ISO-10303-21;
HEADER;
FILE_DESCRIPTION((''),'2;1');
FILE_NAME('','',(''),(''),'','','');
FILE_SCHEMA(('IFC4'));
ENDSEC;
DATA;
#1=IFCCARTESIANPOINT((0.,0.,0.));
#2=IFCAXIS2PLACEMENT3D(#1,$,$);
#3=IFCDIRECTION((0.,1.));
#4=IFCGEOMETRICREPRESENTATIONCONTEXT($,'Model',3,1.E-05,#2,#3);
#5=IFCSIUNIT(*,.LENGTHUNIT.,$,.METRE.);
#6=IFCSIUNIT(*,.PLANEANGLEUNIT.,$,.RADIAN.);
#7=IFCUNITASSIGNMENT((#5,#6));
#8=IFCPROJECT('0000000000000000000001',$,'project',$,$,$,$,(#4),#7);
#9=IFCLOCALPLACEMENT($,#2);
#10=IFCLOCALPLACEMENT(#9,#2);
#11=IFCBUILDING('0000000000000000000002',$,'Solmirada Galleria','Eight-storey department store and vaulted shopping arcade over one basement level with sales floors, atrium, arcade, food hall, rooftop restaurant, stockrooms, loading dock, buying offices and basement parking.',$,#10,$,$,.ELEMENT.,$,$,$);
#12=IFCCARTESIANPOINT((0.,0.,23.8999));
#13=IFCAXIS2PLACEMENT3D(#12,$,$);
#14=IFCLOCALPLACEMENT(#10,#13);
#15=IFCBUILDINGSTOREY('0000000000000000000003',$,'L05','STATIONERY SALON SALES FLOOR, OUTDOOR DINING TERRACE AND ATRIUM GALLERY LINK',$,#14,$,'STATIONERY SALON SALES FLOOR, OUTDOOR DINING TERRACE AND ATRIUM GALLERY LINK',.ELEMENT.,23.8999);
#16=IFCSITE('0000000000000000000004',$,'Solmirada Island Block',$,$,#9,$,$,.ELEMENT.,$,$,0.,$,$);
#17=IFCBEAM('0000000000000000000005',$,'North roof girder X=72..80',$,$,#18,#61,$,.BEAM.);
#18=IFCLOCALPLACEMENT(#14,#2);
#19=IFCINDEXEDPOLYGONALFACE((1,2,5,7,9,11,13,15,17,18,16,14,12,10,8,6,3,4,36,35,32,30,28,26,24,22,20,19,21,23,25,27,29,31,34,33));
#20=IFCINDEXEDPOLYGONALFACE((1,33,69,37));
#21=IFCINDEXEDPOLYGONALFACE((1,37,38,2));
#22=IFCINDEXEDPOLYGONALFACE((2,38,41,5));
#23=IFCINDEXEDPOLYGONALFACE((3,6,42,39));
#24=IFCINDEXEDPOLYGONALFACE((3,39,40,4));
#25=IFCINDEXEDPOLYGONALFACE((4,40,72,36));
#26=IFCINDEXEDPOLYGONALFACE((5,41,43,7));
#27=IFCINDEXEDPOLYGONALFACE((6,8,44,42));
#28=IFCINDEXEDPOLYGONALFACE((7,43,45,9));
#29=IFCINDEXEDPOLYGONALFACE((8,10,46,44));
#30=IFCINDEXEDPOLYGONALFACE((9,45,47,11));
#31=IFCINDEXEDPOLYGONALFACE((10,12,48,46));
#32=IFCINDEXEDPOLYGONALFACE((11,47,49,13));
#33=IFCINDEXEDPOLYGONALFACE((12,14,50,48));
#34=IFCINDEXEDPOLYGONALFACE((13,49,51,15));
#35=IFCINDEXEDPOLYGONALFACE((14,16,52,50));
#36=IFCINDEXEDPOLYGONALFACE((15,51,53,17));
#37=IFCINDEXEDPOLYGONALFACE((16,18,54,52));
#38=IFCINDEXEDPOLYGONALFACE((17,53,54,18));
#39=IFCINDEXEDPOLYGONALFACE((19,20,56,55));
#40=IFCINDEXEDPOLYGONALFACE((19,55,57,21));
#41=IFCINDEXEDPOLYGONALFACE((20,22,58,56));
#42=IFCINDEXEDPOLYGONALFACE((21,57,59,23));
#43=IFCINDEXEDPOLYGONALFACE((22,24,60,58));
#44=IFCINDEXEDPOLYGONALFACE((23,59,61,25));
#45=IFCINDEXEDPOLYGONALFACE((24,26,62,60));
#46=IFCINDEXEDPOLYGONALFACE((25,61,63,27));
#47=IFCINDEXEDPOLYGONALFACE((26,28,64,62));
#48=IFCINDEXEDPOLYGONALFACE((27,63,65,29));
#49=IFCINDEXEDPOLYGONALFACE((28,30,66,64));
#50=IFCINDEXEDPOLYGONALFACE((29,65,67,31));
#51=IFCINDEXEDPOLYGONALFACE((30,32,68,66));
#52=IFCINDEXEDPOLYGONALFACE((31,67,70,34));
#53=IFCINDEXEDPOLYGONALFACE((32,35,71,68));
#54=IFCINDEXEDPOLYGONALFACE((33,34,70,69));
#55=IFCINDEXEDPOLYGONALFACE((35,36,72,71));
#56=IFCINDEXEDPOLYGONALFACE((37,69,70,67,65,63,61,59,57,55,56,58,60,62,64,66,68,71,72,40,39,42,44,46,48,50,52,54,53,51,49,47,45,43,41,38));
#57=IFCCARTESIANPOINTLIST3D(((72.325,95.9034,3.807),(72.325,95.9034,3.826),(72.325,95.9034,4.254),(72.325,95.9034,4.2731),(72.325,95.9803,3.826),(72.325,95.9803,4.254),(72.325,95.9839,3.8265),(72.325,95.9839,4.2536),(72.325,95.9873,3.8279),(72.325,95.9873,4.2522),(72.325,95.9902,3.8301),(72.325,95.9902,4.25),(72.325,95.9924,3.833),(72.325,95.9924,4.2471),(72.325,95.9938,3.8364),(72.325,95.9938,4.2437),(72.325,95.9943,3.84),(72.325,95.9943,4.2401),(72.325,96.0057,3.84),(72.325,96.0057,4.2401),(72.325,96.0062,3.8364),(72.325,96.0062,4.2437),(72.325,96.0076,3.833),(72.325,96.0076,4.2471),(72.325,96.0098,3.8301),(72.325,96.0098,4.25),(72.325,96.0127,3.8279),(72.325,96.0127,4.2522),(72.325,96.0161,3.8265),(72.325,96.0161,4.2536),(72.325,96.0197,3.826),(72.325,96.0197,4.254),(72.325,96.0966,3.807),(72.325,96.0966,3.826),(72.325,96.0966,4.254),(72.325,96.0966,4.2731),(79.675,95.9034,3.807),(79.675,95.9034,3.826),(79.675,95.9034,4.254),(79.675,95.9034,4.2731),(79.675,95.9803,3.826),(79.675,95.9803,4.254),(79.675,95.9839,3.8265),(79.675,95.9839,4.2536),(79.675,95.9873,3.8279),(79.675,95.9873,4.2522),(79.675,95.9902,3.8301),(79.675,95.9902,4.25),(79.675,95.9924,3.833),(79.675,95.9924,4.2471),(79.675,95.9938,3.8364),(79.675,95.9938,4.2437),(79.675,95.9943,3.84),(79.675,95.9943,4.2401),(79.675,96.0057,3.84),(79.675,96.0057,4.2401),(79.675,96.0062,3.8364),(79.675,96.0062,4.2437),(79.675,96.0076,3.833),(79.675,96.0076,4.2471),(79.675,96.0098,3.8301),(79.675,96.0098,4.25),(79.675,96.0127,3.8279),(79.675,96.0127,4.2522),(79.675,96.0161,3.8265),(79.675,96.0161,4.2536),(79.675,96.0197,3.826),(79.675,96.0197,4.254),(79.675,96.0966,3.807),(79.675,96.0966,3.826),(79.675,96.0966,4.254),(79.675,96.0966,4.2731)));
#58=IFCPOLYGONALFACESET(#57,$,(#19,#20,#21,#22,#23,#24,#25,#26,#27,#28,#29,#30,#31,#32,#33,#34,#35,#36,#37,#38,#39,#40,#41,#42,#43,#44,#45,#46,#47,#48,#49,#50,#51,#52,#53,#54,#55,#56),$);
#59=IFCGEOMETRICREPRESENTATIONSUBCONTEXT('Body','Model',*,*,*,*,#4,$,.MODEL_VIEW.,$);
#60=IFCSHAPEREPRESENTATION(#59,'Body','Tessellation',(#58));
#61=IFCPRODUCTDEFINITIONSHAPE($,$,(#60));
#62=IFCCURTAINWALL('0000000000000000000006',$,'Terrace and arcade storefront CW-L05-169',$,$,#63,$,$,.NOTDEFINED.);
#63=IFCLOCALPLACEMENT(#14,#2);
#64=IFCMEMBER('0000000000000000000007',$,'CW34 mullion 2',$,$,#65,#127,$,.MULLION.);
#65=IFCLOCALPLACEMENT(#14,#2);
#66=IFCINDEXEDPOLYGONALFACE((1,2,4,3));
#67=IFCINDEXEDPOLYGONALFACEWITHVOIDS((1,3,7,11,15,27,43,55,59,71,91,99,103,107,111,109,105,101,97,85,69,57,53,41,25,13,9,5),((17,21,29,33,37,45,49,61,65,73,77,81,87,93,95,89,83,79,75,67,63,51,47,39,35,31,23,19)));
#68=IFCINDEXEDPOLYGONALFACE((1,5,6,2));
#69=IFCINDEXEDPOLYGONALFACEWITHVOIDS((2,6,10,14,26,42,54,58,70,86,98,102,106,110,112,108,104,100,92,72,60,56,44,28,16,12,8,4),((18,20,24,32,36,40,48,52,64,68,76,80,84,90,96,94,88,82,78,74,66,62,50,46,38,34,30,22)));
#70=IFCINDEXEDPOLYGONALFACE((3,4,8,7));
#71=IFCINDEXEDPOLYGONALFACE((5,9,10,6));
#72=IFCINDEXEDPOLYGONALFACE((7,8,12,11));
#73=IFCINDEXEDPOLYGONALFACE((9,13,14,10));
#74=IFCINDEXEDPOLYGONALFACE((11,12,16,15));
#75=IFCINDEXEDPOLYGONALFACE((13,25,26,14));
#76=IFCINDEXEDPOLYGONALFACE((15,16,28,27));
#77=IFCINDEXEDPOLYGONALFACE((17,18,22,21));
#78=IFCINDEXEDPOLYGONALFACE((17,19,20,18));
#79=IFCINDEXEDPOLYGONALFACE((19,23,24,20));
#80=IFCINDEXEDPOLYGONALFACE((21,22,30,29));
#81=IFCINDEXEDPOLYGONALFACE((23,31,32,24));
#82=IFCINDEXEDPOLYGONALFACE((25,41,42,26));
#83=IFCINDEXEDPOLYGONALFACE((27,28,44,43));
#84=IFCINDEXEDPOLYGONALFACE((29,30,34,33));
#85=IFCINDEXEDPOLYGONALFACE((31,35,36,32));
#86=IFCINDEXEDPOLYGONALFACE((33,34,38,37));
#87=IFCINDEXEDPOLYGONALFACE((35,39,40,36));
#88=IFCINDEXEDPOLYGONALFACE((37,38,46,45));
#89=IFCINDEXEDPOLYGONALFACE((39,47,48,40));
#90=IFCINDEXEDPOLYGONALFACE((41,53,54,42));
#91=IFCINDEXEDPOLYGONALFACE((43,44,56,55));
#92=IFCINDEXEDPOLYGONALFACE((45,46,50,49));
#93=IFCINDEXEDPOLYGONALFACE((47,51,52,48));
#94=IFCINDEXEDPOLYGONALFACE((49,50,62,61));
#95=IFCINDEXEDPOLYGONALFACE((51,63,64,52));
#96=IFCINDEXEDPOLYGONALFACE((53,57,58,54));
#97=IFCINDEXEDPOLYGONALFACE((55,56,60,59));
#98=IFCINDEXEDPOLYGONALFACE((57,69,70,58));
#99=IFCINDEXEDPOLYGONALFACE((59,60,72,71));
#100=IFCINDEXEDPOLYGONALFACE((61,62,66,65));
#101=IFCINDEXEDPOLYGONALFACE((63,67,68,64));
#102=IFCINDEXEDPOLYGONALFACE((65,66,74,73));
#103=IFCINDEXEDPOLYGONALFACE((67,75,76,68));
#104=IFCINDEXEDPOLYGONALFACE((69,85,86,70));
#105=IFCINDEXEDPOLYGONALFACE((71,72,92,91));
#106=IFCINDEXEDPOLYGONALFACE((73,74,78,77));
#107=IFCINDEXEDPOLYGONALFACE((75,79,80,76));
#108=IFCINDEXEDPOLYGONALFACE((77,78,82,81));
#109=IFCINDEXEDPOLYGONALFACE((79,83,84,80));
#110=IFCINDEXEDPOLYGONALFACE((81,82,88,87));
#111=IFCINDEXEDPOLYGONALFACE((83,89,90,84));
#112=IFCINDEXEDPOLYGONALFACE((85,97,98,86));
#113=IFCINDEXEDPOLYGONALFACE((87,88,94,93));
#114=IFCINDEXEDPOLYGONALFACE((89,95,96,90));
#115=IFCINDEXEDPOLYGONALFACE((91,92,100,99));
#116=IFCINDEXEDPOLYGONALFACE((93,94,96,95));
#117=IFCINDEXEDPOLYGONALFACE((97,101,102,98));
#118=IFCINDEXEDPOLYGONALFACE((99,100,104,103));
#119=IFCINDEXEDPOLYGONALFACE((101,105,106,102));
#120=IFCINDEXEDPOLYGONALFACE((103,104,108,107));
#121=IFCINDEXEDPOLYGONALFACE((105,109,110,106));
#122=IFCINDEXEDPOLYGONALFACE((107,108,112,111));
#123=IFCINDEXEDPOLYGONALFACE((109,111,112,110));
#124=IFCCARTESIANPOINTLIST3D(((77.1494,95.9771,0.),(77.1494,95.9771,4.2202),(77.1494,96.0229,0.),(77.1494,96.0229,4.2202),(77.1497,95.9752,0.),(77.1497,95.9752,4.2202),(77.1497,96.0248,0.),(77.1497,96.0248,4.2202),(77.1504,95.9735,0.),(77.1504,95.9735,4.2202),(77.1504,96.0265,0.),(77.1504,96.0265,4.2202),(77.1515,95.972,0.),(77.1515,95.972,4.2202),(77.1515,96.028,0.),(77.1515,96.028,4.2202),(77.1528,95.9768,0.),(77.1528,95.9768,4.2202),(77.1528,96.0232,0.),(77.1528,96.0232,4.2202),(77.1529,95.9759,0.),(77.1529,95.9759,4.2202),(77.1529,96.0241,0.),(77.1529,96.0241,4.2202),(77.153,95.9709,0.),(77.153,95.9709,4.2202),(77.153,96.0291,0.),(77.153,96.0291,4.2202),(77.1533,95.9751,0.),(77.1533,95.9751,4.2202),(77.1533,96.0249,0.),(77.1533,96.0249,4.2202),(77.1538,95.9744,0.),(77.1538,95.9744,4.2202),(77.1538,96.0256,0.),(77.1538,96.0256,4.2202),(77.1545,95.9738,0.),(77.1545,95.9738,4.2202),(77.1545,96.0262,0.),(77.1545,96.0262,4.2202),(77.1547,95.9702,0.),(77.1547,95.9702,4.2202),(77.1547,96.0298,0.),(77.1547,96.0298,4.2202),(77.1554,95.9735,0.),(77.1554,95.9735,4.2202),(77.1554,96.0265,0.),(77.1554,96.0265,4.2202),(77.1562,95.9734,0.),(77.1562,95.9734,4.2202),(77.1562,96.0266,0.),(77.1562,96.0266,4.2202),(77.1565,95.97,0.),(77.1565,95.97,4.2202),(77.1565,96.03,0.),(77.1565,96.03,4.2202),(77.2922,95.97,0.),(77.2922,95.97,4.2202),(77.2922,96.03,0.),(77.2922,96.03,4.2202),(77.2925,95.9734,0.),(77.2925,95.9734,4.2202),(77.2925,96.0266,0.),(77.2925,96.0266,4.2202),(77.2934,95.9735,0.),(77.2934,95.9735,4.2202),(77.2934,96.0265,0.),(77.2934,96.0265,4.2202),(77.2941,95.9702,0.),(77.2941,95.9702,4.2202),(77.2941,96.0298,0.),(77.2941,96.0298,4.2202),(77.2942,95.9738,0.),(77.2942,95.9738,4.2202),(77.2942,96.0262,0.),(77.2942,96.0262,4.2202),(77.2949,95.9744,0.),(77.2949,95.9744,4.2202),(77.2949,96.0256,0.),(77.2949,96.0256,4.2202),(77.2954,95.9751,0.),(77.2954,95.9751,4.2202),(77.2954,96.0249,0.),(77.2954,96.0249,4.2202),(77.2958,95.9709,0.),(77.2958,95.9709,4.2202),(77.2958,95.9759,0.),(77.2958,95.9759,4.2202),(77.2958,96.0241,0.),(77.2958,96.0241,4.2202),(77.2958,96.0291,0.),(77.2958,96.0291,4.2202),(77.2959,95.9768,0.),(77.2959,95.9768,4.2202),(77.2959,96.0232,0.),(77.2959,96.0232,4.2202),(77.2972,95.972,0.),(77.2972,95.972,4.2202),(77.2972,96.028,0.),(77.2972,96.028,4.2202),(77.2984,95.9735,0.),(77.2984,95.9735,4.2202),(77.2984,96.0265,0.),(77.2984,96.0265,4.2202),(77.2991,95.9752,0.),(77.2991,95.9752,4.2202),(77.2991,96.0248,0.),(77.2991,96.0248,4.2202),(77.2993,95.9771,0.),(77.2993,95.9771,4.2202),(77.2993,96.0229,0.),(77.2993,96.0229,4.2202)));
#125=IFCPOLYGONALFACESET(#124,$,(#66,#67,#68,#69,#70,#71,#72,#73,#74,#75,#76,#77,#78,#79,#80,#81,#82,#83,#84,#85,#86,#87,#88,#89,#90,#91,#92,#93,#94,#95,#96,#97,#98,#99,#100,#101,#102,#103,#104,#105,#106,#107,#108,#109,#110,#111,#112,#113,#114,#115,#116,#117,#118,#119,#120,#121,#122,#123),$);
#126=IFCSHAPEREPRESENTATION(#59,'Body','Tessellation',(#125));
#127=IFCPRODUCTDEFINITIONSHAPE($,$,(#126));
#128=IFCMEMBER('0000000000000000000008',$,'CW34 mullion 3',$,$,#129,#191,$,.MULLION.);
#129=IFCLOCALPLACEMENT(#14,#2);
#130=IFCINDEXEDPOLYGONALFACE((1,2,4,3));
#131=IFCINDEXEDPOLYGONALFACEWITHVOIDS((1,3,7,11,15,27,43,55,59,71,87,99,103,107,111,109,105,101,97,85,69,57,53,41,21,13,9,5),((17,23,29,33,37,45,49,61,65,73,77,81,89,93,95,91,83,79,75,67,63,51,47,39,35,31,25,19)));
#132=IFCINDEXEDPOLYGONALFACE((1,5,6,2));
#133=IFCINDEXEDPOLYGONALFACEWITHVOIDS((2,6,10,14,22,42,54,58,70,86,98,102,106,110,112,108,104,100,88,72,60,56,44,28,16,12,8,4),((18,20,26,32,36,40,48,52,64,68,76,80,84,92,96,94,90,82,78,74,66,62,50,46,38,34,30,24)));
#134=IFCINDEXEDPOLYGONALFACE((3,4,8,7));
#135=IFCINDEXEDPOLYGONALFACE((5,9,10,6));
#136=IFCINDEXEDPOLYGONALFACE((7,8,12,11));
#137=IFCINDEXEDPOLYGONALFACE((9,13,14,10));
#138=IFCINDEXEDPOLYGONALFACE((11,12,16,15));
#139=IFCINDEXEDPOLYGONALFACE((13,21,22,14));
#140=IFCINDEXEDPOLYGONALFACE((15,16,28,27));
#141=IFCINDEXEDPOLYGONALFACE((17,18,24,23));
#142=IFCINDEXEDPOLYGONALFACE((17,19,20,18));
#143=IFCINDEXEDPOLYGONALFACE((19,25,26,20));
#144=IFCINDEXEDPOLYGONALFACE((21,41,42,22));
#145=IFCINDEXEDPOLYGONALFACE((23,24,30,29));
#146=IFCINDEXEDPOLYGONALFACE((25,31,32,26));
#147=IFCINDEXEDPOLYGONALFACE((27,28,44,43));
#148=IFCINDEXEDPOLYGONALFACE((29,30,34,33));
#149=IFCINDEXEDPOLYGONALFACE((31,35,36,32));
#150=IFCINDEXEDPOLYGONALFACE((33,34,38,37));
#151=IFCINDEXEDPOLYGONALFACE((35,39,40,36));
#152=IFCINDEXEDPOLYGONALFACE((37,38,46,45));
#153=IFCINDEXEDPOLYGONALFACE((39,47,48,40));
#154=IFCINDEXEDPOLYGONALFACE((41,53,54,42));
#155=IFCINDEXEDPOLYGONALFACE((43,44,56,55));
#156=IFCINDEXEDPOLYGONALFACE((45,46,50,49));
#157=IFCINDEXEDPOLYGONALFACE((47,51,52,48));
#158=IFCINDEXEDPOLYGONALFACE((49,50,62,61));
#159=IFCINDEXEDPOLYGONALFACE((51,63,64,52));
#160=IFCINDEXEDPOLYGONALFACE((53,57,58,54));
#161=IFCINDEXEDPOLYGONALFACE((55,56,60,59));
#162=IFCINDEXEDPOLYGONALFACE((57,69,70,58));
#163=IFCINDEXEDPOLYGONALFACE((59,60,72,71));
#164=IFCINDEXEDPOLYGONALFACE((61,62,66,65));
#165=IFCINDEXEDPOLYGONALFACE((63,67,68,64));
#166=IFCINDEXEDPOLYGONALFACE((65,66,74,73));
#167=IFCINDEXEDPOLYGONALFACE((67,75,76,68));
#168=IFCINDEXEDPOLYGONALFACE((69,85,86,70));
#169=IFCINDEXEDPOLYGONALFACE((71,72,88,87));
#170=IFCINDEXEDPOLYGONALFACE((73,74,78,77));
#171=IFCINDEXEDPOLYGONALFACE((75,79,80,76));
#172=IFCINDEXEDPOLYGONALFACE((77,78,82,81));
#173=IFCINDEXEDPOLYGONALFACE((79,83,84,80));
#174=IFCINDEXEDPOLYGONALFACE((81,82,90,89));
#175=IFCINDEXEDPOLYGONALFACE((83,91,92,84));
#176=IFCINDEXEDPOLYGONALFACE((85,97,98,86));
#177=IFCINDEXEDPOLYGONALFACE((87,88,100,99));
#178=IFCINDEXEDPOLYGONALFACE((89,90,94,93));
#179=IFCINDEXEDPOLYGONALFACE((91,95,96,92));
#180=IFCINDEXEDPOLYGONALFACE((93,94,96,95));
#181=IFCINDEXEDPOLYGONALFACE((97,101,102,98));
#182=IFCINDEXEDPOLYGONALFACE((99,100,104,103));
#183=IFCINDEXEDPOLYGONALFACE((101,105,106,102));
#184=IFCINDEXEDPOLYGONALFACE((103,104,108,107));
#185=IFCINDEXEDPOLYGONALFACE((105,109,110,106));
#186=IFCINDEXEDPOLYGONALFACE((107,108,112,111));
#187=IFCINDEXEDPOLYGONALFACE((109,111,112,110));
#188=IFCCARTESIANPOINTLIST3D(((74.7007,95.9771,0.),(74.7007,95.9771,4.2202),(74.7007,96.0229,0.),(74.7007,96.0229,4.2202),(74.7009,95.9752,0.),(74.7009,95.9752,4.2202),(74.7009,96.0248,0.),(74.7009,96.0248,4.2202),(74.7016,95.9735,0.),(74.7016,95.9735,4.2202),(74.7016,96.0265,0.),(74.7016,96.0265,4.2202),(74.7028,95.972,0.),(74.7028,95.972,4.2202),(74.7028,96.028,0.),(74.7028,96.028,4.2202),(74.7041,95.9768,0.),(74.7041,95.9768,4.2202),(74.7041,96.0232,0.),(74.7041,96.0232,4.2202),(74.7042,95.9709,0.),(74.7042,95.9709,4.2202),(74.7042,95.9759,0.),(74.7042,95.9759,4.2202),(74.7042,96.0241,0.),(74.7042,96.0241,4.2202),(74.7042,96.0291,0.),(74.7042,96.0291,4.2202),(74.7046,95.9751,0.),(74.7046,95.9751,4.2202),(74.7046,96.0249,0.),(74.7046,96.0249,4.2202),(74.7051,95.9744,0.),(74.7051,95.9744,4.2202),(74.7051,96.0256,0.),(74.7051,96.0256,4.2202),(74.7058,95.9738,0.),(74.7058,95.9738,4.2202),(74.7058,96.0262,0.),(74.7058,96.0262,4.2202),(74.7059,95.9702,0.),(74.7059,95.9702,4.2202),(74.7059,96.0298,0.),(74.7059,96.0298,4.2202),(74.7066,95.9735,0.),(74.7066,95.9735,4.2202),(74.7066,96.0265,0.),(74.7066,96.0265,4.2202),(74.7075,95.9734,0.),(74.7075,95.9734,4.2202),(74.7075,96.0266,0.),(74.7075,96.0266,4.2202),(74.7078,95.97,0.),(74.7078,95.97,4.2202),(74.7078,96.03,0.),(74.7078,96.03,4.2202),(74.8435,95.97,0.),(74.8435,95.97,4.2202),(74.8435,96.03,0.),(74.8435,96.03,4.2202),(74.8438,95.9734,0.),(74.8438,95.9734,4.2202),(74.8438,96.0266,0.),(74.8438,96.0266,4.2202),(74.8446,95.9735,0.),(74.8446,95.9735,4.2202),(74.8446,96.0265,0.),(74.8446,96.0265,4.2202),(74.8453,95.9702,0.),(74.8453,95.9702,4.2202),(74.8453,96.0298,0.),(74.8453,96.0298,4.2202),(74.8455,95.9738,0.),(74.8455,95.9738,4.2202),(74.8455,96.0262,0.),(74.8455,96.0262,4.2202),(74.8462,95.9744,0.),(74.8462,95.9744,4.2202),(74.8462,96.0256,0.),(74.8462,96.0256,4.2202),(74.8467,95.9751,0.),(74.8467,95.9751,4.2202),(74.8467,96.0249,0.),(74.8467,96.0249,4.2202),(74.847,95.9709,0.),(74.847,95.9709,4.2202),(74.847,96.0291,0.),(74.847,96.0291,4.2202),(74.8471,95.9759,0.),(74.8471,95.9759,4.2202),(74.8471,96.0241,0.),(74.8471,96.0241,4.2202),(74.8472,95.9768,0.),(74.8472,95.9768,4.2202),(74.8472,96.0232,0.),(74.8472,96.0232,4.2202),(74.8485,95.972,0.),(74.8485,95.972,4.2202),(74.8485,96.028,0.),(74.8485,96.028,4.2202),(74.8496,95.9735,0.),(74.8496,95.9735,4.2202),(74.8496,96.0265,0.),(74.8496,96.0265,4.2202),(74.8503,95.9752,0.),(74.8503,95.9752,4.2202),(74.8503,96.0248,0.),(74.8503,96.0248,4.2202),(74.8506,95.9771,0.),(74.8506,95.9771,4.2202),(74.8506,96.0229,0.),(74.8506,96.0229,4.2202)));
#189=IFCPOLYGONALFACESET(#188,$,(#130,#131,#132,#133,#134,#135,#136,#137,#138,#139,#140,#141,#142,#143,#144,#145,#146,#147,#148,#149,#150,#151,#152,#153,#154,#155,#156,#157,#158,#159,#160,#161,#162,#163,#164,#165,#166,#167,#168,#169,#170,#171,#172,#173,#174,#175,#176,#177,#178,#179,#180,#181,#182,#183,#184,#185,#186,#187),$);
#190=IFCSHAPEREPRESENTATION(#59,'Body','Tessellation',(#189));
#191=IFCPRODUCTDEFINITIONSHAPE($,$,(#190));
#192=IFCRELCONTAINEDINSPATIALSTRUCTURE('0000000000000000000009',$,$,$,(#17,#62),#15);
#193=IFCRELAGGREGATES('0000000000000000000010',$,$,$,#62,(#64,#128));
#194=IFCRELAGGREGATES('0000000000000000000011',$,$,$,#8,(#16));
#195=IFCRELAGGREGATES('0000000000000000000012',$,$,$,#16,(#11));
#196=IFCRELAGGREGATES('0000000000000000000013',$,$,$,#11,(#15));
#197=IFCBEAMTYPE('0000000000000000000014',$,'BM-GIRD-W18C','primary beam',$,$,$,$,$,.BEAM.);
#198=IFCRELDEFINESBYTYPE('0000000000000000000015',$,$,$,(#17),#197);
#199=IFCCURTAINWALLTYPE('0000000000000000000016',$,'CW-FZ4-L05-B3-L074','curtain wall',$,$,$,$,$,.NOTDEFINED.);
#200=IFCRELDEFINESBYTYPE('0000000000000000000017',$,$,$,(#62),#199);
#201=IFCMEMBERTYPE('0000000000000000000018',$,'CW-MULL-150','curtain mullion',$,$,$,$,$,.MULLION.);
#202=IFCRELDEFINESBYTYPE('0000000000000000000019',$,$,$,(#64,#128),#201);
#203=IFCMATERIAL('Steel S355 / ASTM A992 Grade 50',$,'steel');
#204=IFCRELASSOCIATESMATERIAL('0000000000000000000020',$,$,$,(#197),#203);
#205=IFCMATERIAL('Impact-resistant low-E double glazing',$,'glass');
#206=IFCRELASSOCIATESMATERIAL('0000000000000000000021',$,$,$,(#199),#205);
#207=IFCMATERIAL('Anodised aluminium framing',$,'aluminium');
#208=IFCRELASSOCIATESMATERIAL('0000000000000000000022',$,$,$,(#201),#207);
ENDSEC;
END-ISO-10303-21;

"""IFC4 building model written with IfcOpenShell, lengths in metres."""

from ifc_helpers import new_model, si_unit, direction, frame, origin, origin_2d, place, context, subcontext, project, spatial, hollow_rectangle, i_section, extrude, material, material_profile, profile_set, type_object, element, aggregate, save


model = new_model("IFC4")

# Units and contexts
model_context = context("Model", 3, precision=1e-05, world=origin(), true_north=direction((0.0, 1.0)))
body_context = subcontext(model_context, "Body", "Model", "MODEL_VIEW")
ifc_project = project(units=[si_unit("LENGTHUNIT", "METRE"), si_unit("PLANEANGLEUNIT", "RADIAN")], contexts=[model_context])

# Site, building, storey
site_placement = place(None, origin())
site = spatial("IfcSite", under=ifc_project, at=site_placement, Name="Solmirada Island Block", CompositionType="ELEMENT", RefElevation=0.0)
building_placement = place(site_placement, origin())
building = spatial("IfcBuilding", under=site, at=building_placement, Name="Solmirada Galleria", Description="Eight-storey department store and vaulted shopping arcade over one basement level with sales floors, atrium, arcade, food hall, rooftop restaurant, stockrooms, loading dock, buying offices and basement parking.", CompositionType="ELEMENT")
storey_placement = place(building_placement, frame((0.0, 0.0, 23.8999)))
storey = spatial("IfcBuildingStorey", under=building, at=storey_placement, Name="L05", Description="STATIONERY SALON SALES FLOOR, OUTDOOR DINING TERRACE AND ATRIUM GALLERY LINK", LongName="STATIONERY SALON SALES FLOOR, OUTDOOR DINING TERRACE AND ATRIUM GALLERY LINK", CompositionType="ELEMENT", Elevation=23.8999)

# Beam
ifc_material_1 = material(Name="Steel S355 / ASTM A992 Grade 50", Category="steel")
ifc_material_profile_1 = material_profile(ifc_material_1, i_section(OverallWidth=0.1931, OverallDepth=0.4661, WebThickness=0.0115, FlangeThickness=0.019, FilletRadius=0.0139, at=origin_2d()), Name="W18X65")
ifc_profile_set_1 = profile_set([ifc_material_profile_1], Name="Steel S355 / ASTM A992 Grade 50")
beam_type = type_object("IfcBeamType", Name="BM-GIRD-W18C", Description="primary beam", PredefinedType="BEAM", material=ifc_profile_set_1)
beam_placement = place(storey_placement, frame((72.325, 96.0, 4.04), z_axis=(1.0, 0.0, 0.0), x_axis=(0.0, 1.0, 0.0)))
element("IfcBeam", 1, at=beam_placement, inside=storey, type_object=beam_type, Name="North roof girder X=72..80", PredefinedType="BEAM", context=body_context, shape_type="SweptSolid", body=[
    extrude(i_section(OverallWidth=0.1931, OverallDepth=0.4661, WebThickness=0.0115, FlangeThickness=0.019, FilletRadius=0.0139, at=origin_2d()), origin(), (0.0, 0.0, 1.0), 7.3501),
])

# Curtain wall, members
ifc_material_2 = material(Name="Impact-resistant low-E double glazing", Category="glass")
curtain_wall_type = type_object("IfcCurtainWallType", Name="CW-FZ4-L05-B3-L074", Description="curtain wall", PredefinedType="NOTDEFINED", material=ifc_material_2)
curtain_wall_placement = place(storey_placement, origin())
curtain_wall = element("IfcCurtainWall", 2, at=curtain_wall_placement, inside=storey, type_object=curtain_wall_type, Name="Terrace and arcade storefront CW-L05-169", PredefinedType="NOTDEFINED")
ifc_material_3 = material(Name="Anodised aluminium framing", Category="aluminium")
ifc_material_profile_2 = material_profile(ifc_material_3, hollow_rectangle(XDim=0.0601, YDim=0.1499, WallThickness=0.0034, InnerFilletRadius=0.0034, OuterFilletRadius=0.0071, at=origin_2d()), Name="ALU-MULL-150X60")
ifc_profile_set_2 = profile_set([ifc_material_profile_2], Name="Anodised aluminium framing")
member_type_1 = type_object("IfcMemberType", Name="CW-MULL-150", Description="curtain mullion", PredefinedType="MULLION", material=ifc_profile_set_2)
member_1_placement = place(storey_placement, frame((77.2244, 96.0, 0.0), z_axis=(0.0, 0.0, 1.0), x_axis=(0.0, -1.0, 0.0)))
member_1 = element("IfcMember", 3, at=member_1_placement, type_object=member_type_1, Name="CW34 mullion 2", PredefinedType="MULLION", context=body_context, shape_type="SweptSolid", body=[
    extrude(hollow_rectangle(XDim=0.0601, YDim=0.1499, WallThickness=0.0034, InnerFilletRadius=0.0034, OuterFilletRadius=0.0071, at=origin_2d()), origin(), (0.0, 0.0, 1.0), 4.2202),
])
member_2_placement = place(storey_placement, frame((74.7756, 96.0, 0.0), z_axis=(0.0, 0.0, 1.0), x_axis=(0.0, -1.0, 0.0)))
member_2 = element("IfcMember", 4, at=member_2_placement, type_object=member_type_1, Name="CW34 mullion 3", PredefinedType="MULLION", context=body_context, shape_type="SweptSolid", body=[
    extrude(hollow_rectangle(XDim=0.0601, YDim=0.1499, WallThickness=0.0034, InnerFilletRadius=0.0034, OuterFilletRadius=0.0071, at=origin_2d()), origin(), (0.0, 0.0, 1.0), 4.2202),
])
aggregate(curtain_wall, [member_1, member_2])

save(model, "model.ifc")
